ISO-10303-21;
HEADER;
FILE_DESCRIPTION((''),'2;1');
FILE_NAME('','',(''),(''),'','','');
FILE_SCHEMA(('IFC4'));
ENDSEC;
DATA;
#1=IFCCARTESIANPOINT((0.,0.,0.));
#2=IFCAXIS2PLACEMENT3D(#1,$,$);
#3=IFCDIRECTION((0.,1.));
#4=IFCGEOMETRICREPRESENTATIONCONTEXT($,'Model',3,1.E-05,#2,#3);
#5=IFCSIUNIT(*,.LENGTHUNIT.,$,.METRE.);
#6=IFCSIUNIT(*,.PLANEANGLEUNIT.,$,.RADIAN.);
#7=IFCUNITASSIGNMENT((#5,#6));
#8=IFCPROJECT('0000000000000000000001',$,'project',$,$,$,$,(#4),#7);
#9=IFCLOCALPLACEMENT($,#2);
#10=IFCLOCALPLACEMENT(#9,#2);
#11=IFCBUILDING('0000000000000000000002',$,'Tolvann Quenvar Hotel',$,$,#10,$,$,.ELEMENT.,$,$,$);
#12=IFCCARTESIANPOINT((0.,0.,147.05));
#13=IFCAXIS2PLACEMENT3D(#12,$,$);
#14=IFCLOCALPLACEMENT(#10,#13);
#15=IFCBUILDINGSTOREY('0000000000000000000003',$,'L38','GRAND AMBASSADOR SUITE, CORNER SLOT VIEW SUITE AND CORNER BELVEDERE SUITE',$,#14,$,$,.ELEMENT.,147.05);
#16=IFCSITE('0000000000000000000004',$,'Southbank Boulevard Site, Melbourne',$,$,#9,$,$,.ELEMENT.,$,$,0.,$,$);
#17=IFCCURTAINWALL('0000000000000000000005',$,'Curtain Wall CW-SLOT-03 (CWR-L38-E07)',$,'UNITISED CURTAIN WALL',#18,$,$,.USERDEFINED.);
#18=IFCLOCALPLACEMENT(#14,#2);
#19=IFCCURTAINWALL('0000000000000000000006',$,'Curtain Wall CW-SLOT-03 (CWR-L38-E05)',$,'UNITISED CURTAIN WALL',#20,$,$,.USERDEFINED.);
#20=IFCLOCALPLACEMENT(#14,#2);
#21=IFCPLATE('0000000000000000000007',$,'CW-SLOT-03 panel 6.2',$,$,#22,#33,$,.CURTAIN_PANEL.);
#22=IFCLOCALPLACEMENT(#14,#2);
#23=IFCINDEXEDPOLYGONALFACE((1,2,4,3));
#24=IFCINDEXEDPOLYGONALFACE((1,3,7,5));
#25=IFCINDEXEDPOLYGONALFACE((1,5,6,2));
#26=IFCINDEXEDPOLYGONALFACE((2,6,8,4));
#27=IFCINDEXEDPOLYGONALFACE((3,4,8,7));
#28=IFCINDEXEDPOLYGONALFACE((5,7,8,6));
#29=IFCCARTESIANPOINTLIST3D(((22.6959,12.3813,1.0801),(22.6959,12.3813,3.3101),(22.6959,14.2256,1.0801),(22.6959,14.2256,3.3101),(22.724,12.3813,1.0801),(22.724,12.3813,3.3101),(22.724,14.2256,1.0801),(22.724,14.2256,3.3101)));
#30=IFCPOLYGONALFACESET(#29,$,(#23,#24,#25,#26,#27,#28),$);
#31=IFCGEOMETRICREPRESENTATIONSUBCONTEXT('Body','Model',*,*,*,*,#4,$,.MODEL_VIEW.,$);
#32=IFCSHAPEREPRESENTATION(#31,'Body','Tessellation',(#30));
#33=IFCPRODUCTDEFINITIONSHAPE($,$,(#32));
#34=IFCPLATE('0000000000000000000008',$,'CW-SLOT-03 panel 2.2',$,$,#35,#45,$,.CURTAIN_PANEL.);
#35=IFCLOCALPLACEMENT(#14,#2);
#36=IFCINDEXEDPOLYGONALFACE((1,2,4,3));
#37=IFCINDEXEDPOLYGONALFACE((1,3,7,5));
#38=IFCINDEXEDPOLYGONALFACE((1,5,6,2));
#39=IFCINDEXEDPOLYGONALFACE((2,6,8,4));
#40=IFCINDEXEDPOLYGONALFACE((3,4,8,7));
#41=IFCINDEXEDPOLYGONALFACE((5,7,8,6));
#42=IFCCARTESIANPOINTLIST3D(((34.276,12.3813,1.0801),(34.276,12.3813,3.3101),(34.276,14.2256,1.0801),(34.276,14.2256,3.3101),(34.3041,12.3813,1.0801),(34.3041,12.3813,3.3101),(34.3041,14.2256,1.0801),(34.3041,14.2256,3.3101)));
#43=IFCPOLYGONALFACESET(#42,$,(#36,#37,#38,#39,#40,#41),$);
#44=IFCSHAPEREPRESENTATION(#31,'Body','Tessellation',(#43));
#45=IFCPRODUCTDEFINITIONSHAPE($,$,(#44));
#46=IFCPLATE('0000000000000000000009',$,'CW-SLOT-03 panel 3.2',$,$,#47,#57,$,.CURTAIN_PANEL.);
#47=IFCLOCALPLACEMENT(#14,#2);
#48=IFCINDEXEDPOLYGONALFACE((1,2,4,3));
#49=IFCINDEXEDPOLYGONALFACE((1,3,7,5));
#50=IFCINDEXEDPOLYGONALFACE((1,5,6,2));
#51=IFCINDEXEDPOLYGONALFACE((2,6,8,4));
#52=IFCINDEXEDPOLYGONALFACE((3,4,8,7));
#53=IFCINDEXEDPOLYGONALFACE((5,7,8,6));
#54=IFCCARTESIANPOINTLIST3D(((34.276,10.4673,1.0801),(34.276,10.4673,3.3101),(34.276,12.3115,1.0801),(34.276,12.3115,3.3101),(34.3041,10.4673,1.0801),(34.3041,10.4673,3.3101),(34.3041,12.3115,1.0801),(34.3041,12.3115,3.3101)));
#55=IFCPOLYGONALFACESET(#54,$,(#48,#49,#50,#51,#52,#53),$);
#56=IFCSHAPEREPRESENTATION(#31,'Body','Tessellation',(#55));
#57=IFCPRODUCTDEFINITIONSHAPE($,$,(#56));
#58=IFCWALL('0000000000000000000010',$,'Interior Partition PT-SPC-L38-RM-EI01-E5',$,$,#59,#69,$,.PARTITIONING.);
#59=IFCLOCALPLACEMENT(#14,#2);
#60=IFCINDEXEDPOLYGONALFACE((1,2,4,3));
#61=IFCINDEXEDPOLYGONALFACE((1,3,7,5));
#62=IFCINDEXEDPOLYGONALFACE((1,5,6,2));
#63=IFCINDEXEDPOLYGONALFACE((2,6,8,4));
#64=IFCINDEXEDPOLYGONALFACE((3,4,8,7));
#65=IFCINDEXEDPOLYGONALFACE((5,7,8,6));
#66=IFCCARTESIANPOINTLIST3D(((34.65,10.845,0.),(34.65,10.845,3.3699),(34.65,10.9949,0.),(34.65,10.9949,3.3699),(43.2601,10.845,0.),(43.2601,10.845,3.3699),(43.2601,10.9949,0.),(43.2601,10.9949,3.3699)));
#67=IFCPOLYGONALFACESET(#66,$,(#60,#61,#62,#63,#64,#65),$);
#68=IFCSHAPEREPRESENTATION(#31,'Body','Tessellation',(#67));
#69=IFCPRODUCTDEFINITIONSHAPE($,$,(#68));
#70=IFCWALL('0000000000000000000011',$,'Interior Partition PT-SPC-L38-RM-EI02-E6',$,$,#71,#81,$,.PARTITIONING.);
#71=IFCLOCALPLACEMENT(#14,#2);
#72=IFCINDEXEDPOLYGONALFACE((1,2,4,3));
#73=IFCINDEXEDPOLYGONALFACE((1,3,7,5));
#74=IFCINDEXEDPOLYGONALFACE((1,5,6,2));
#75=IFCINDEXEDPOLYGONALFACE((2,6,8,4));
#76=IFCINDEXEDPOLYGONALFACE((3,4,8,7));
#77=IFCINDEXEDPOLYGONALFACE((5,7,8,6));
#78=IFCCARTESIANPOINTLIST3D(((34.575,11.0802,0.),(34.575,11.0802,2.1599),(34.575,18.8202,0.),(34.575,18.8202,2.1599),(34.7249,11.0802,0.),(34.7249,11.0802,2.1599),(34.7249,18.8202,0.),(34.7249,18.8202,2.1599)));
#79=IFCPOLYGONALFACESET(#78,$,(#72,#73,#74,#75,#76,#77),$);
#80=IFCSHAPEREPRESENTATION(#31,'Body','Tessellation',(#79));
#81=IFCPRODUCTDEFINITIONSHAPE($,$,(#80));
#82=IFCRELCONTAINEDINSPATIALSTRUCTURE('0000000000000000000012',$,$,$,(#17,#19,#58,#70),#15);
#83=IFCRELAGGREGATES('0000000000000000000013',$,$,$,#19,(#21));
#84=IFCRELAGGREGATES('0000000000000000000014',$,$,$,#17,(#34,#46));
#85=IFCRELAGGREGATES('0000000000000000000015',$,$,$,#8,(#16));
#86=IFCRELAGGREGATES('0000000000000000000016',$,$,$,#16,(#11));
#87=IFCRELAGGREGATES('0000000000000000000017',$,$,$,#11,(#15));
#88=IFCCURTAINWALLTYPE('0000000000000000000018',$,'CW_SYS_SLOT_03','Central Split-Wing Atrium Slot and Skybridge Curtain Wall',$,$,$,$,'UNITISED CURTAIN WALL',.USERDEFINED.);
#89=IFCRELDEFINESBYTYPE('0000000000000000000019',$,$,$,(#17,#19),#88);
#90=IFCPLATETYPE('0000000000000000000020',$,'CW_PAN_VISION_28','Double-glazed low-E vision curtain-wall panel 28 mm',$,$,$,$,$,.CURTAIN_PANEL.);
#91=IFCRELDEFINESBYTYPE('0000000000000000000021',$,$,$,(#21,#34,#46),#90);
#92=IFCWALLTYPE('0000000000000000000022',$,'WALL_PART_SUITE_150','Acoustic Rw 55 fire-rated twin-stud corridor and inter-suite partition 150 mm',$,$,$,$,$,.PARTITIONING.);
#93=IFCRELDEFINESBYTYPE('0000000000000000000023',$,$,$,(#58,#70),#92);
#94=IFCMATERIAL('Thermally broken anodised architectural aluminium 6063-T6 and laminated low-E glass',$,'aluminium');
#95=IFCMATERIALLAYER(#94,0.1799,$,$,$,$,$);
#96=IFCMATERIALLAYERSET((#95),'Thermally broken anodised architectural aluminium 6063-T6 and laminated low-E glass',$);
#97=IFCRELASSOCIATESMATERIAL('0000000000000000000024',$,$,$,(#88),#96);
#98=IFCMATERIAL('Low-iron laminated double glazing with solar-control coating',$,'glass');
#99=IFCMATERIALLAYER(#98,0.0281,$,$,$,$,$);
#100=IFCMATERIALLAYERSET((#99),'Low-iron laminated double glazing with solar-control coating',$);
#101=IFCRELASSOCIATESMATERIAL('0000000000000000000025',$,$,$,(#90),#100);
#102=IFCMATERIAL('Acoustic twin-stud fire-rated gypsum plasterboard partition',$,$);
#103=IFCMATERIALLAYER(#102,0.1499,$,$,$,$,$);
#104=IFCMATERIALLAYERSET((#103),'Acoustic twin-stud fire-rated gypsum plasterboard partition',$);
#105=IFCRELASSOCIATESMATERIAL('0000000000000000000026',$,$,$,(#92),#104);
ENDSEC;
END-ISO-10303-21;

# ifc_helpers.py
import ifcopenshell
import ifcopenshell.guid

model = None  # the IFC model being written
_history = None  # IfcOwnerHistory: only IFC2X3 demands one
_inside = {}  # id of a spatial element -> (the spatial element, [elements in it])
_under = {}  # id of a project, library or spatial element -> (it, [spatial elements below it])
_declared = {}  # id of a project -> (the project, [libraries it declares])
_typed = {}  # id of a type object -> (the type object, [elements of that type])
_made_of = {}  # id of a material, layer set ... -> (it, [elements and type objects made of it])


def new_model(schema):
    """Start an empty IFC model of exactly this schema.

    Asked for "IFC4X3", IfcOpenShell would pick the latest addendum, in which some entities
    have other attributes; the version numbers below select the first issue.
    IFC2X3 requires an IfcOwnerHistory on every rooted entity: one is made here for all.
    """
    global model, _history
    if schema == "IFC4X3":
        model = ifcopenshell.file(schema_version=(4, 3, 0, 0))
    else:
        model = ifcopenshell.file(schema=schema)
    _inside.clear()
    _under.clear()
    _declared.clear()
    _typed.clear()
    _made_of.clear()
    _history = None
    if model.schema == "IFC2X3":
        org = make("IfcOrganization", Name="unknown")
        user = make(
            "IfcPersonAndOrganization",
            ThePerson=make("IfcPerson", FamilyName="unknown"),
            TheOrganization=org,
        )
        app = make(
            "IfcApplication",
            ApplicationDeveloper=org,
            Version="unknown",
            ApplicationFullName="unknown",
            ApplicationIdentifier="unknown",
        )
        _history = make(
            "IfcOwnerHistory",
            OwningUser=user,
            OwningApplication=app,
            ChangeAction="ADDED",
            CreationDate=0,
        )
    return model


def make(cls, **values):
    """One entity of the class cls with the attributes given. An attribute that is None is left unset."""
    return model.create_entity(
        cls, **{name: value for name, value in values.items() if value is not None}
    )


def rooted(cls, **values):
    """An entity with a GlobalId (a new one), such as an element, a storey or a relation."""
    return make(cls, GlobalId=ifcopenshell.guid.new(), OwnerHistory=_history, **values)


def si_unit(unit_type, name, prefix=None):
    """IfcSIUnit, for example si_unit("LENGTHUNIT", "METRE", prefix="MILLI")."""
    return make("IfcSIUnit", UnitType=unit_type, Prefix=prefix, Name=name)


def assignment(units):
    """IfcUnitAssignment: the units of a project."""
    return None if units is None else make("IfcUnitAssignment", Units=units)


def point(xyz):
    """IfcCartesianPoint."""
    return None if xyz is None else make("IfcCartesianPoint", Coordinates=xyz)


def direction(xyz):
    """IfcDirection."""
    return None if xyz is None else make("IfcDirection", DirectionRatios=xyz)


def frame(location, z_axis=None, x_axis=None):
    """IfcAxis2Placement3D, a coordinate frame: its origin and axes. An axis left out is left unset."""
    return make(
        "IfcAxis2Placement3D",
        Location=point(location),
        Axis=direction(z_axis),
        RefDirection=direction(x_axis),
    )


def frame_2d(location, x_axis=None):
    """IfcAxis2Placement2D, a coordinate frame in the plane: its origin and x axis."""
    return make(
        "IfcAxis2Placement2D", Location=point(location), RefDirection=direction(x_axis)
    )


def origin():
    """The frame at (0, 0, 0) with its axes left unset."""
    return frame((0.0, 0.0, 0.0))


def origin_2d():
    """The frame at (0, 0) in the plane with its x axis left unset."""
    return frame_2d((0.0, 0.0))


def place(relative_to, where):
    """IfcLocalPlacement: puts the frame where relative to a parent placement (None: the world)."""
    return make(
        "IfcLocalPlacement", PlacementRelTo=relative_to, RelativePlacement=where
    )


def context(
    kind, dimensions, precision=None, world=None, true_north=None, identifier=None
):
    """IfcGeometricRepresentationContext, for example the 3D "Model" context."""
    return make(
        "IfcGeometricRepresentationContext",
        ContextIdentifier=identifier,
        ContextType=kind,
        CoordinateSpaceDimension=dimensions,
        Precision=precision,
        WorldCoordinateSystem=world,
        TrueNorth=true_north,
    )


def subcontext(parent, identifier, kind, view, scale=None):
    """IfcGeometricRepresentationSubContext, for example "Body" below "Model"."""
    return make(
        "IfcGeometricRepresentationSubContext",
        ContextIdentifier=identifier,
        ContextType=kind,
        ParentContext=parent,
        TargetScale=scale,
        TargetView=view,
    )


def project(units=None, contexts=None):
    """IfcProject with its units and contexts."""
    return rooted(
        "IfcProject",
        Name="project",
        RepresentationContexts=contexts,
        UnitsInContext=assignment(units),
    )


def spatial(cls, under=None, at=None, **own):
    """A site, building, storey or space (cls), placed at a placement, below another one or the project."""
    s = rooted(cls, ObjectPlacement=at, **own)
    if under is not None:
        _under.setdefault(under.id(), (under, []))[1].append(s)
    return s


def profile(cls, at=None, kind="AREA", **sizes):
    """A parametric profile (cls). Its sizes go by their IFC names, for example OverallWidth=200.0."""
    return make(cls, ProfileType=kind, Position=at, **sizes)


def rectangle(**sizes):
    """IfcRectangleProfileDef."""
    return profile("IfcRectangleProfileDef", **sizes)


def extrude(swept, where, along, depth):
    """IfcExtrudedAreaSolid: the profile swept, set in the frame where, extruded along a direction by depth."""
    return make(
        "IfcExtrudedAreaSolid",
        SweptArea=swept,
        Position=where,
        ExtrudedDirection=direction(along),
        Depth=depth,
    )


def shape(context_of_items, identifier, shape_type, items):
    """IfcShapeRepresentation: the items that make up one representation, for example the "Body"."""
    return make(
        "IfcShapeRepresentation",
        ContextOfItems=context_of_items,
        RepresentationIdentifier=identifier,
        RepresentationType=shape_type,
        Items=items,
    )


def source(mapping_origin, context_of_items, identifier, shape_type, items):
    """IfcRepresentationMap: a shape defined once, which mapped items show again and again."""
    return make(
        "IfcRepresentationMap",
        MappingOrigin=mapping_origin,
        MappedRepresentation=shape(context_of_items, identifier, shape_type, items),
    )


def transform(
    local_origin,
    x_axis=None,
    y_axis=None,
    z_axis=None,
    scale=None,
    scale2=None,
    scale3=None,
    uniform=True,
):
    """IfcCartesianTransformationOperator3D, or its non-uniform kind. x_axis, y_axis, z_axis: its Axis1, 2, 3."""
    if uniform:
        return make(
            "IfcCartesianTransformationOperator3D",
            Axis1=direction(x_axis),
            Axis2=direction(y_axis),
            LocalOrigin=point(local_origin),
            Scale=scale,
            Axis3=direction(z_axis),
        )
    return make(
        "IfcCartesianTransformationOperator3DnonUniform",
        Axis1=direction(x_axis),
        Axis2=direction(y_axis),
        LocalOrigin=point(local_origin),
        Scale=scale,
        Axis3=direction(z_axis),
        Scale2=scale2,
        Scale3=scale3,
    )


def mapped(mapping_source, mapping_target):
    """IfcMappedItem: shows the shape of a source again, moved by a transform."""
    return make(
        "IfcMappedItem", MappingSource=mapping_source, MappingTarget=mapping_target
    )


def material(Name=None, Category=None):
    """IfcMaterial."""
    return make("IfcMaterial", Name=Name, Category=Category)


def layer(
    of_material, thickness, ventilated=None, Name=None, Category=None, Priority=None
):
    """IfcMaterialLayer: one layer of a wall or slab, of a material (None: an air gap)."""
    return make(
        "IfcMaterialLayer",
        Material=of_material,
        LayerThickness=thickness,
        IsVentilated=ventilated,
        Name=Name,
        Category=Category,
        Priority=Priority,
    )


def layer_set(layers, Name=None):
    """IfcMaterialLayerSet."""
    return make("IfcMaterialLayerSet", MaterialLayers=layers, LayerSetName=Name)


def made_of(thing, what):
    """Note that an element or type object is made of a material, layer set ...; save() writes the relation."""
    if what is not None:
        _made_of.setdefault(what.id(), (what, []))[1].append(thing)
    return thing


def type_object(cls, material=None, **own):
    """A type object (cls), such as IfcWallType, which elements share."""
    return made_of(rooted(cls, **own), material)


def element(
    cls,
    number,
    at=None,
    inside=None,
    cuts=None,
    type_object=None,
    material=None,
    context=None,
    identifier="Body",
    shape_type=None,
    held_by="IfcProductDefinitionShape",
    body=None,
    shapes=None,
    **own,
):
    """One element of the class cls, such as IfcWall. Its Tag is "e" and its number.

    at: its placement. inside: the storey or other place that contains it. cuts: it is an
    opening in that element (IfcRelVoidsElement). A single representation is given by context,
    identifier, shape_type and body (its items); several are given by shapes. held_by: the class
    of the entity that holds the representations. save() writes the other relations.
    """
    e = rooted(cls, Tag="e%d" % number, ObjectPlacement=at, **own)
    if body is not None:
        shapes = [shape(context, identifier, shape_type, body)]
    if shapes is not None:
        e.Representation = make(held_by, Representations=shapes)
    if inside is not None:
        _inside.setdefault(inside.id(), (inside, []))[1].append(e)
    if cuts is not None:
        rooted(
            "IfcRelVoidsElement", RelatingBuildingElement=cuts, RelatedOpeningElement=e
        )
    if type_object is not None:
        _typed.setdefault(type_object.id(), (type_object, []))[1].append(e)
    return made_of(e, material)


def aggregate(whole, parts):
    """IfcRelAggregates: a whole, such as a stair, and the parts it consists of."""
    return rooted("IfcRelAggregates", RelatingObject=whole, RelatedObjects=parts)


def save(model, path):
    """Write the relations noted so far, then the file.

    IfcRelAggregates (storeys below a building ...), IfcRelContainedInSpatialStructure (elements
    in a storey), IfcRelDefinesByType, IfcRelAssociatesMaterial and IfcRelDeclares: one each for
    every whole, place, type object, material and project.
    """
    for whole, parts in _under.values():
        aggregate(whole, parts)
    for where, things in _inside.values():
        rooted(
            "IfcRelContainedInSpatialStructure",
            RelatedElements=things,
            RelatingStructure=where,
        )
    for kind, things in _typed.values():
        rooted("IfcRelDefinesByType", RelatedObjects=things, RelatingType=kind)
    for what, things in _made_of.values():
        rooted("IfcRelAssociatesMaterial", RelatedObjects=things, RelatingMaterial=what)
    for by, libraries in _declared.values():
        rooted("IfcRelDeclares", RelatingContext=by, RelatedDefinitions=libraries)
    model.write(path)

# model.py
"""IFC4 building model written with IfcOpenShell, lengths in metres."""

from ifc_helpers import new_model, si_unit, direction, frame, frame_2d, origin, origin_2d, place, context, subcontext, project, spatial, rectangle, extrude, source, transform, mapped, material, layer, layer_set, type_object, element, aggregate, save


model = new_model("IFC4")

# Units and contexts
model_context = context("Model", 3, precision=1e-05, world=origin(), true_north=direction((0.0, 1.0)))
body_context = subcontext(model_context, "Body", "Model", "MODEL_VIEW")
ifc_project = project(units=[si_unit("LENGTHUNIT", "METRE"), si_unit("PLANEANGLEUNIT", "RADIAN")], contexts=[model_context])

# Site, building, storey
site_placement = place(None, origin())
site = spatial("IfcSite", under=ifc_project, at=site_placement, Name="Southbank Boulevard Site, Melbourne", CompositionType="ELEMENT", RefElevation=0.0)
building_placement = place(site_placement, origin())
building = spatial("IfcBuilding", under=site, at=building_placement, Name="Tolvann Quenvar Hotel", CompositionType="ELEMENT")
storey_placement = place(building_placement, frame((0.0, 0.0, 147.05)))
storey = spatial("IfcBuildingStorey", under=building, at=storey_placement, Name="L38", Description="GRAND AMBASSADOR SUITE, CORNER SLOT VIEW SUITE AND CORNER BELVEDERE SUITE", CompositionType="ELEMENT", Elevation=147.05)

# Curtain walls
ifc_material_1 = material(Name="Thermally broken anodised architectural aluminium 6063-T6 and laminated low-E glass", Category="aluminium")
ifc_layer_1 = layer(ifc_material_1, 0.1799)
ifc_layer_set_1 = layer_set([ifc_layer_1], Name="Thermally broken anodised architectural aluminium 6063-T6 and laminated low-E glass")
curtain_wall_type = type_object("IfcCurtainWallType", Name="CW_SYS_SLOT_03", Description="Central Split-Wing Atrium Slot and Skybridge Curtain Wall", ElementType="UNITISED CURTAIN WALL", PredefinedType="USERDEFINED", material=ifc_layer_set_1)
curtain_wall_1_placement = place(storey_placement, origin())
curtain_wall_1 = element("IfcCurtainWall", 1, at=curtain_wall_1_placement, inside=storey, type_object=curtain_wall_type, Name="Curtain Wall CW-SLOT-03 (CWR-L38-E07)", ObjectType="UNITISED CURTAIN WALL", PredefinedType="USERDEFINED")
curtain_wall_2_placement = place(storey_placement, origin())
curtain_wall_2 = element("IfcCurtainWall", 2, at=curtain_wall_2_placement, inside=storey, type_object=curtain_wall_type, Name="Curtain Wall CW-SLOT-03 (CWR-L38-E05)", ObjectType="UNITISED CURTAIN WALL", PredefinedType="USERDEFINED")

# Plates
ifc_material_2 = material(Name="Low-iron laminated double glazing with solar-control coating", Category="glass")
ifc_layer_2 = layer(ifc_material_2, 0.0281)
ifc_layer_set_2 = layer_set([ifc_layer_2], Name="Low-iron laminated double glazing with solar-control coating")
plate_type = type_object("IfcPlateType", Name="CW_PAN_VISION_28", Description="Double-glazed low-E vision curtain-wall panel 28 mm", PredefinedType="CURTAIN_PANEL", material=ifc_layer_set_2)
shared_shape_1 = source(origin(), body_context, "Body", "SweptSolid", [
    extrude(rectangle(XDim=1.8442, YDim=0.0281, at=origin_2d()), origin(), (0.0, 0.0, 1.0), 2.23),
])
plate_1_placement = place(storey_placement, frame((22.71, 13.3035, 1.0801), z_axis=(0.0, 0.0, 1.0), x_axis=(0.0, 1.0, 0.0)))
plate_1 = element("IfcPlate", 3, at=plate_1_placement, type_object=plate_type, Name="CW-SLOT-03 panel 6.2", PredefinedType="CURTAIN_PANEL", context=body_context, shape_type="MappedRepresentation", body=[
    mapped(shared_shape_1, transform((0.0, 0.0, 0.0), x_axis=(1.0, 0.0, 0.0), y_axis=(0.0, 1.0, 0.0), z_axis=(0.0, 0.0, 1.0), scale=1.0)),
])
aggregate(curtain_wall_2, [plate_1])
plate_2_placement = place(storey_placement, frame((34.29, 13.3035, 1.0801), z_axis=(0.0, 0.0, 1.0), x_axis=(0.0, -1.0, 0.0)))
plate_2 = element("IfcPlate", 4, at=plate_2_placement, type_object=plate_type, Name="CW-SLOT-03 panel 2.2", PredefinedType="CURTAIN_PANEL", context=body_context, shape_type="MappedRepresentation", body=[
    mapped(shared_shape_1, transform((0.0, 0.0, 0.0), x_axis=(1.0, 0.0, 0.0), y_axis=(0.0, 1.0, 0.0), z_axis=(0.0, 0.0, 1.0), scale=1.0)),
])
plate_3_placement = place(storey_placement, frame((34.29, 11.3894, 1.0801), z_axis=(0.0, 0.0, 1.0), x_axis=(0.0, -1.0, 0.0)))
plate_3 = element("IfcPlate", 5, at=plate_3_placement, type_object=plate_type, Name="CW-SLOT-03 panel 3.2", PredefinedType="CURTAIN_PANEL", context=body_context, shape_type="MappedRepresentation", body=[
    mapped(shared_shape_1, transform((0.0, 0.0, 0.0), x_axis=(1.0, 0.0, 0.0), y_axis=(0.0, 1.0, 0.0), z_axis=(0.0, 0.0, 1.0), scale=1.0)),
])
aggregate(curtain_wall_1, [plate_2, plate_3])

# Walls
ifc_material_3 = material(Name="Acoustic twin-stud fire-rated gypsum plasterboard partition")
ifc_layer_3 = layer(ifc_material_3, 0.1499)
ifc_layer_set_3 = layer_set([ifc_layer_3], Name="Acoustic twin-stud fire-rated gypsum plasterboard partition")
wall_type = type_object("IfcWallType", Name="WALL_PART_SUITE_150", Description="Acoustic Rw 55 fire-rated twin-stud corridor and inter-suite partition 150 mm", PredefinedType="PARTITIONING", material=ifc_layer_set_3)
wall_1_placement = place(storey_placement, frame((34.6499, 10.9199, 0.0), z_axis=(0.0, 0.0, 1.0), x_axis=(1.0, 0.0, 0.0)))
element("IfcWall", 6, at=wall_1_placement, inside=storey, type_object=wall_type, Name="Interior Partition PT-SPC-L38-RM-EI01-E5", PredefinedType="PARTITIONING", context=body_context, shape_type="SweptSolid", body=[
    extrude(rectangle(XDim=8.6101, YDim=0.1499, at=frame_2d((4.3052, 0.0))), origin(), (0.0, 0.0, 1.0), 3.3699),
])
wall_2_placement = place(storey_placement, frame((34.6499, 11.0801, 0.0), z_axis=(0.0, 0.0, 1.0), x_axis=(0.0, 1.0, 0.0)))
element("IfcWall", 7, at=wall_2_placement, inside=storey, type_object=wall_type, Name="Interior Partition PT-SPC-L38-RM-EI02-E6", PredefinedType="PARTITIONING", context=body_context, shape_type="SweptSolid", body=[
    extrude(rectangle(XDim=7.74, YDim=0.1499, at=frame_2d((3.8701, 0.0))), origin(), (0.0, 0.0, 1.0), 2.1599),
])

save(model, "model.ifc")
